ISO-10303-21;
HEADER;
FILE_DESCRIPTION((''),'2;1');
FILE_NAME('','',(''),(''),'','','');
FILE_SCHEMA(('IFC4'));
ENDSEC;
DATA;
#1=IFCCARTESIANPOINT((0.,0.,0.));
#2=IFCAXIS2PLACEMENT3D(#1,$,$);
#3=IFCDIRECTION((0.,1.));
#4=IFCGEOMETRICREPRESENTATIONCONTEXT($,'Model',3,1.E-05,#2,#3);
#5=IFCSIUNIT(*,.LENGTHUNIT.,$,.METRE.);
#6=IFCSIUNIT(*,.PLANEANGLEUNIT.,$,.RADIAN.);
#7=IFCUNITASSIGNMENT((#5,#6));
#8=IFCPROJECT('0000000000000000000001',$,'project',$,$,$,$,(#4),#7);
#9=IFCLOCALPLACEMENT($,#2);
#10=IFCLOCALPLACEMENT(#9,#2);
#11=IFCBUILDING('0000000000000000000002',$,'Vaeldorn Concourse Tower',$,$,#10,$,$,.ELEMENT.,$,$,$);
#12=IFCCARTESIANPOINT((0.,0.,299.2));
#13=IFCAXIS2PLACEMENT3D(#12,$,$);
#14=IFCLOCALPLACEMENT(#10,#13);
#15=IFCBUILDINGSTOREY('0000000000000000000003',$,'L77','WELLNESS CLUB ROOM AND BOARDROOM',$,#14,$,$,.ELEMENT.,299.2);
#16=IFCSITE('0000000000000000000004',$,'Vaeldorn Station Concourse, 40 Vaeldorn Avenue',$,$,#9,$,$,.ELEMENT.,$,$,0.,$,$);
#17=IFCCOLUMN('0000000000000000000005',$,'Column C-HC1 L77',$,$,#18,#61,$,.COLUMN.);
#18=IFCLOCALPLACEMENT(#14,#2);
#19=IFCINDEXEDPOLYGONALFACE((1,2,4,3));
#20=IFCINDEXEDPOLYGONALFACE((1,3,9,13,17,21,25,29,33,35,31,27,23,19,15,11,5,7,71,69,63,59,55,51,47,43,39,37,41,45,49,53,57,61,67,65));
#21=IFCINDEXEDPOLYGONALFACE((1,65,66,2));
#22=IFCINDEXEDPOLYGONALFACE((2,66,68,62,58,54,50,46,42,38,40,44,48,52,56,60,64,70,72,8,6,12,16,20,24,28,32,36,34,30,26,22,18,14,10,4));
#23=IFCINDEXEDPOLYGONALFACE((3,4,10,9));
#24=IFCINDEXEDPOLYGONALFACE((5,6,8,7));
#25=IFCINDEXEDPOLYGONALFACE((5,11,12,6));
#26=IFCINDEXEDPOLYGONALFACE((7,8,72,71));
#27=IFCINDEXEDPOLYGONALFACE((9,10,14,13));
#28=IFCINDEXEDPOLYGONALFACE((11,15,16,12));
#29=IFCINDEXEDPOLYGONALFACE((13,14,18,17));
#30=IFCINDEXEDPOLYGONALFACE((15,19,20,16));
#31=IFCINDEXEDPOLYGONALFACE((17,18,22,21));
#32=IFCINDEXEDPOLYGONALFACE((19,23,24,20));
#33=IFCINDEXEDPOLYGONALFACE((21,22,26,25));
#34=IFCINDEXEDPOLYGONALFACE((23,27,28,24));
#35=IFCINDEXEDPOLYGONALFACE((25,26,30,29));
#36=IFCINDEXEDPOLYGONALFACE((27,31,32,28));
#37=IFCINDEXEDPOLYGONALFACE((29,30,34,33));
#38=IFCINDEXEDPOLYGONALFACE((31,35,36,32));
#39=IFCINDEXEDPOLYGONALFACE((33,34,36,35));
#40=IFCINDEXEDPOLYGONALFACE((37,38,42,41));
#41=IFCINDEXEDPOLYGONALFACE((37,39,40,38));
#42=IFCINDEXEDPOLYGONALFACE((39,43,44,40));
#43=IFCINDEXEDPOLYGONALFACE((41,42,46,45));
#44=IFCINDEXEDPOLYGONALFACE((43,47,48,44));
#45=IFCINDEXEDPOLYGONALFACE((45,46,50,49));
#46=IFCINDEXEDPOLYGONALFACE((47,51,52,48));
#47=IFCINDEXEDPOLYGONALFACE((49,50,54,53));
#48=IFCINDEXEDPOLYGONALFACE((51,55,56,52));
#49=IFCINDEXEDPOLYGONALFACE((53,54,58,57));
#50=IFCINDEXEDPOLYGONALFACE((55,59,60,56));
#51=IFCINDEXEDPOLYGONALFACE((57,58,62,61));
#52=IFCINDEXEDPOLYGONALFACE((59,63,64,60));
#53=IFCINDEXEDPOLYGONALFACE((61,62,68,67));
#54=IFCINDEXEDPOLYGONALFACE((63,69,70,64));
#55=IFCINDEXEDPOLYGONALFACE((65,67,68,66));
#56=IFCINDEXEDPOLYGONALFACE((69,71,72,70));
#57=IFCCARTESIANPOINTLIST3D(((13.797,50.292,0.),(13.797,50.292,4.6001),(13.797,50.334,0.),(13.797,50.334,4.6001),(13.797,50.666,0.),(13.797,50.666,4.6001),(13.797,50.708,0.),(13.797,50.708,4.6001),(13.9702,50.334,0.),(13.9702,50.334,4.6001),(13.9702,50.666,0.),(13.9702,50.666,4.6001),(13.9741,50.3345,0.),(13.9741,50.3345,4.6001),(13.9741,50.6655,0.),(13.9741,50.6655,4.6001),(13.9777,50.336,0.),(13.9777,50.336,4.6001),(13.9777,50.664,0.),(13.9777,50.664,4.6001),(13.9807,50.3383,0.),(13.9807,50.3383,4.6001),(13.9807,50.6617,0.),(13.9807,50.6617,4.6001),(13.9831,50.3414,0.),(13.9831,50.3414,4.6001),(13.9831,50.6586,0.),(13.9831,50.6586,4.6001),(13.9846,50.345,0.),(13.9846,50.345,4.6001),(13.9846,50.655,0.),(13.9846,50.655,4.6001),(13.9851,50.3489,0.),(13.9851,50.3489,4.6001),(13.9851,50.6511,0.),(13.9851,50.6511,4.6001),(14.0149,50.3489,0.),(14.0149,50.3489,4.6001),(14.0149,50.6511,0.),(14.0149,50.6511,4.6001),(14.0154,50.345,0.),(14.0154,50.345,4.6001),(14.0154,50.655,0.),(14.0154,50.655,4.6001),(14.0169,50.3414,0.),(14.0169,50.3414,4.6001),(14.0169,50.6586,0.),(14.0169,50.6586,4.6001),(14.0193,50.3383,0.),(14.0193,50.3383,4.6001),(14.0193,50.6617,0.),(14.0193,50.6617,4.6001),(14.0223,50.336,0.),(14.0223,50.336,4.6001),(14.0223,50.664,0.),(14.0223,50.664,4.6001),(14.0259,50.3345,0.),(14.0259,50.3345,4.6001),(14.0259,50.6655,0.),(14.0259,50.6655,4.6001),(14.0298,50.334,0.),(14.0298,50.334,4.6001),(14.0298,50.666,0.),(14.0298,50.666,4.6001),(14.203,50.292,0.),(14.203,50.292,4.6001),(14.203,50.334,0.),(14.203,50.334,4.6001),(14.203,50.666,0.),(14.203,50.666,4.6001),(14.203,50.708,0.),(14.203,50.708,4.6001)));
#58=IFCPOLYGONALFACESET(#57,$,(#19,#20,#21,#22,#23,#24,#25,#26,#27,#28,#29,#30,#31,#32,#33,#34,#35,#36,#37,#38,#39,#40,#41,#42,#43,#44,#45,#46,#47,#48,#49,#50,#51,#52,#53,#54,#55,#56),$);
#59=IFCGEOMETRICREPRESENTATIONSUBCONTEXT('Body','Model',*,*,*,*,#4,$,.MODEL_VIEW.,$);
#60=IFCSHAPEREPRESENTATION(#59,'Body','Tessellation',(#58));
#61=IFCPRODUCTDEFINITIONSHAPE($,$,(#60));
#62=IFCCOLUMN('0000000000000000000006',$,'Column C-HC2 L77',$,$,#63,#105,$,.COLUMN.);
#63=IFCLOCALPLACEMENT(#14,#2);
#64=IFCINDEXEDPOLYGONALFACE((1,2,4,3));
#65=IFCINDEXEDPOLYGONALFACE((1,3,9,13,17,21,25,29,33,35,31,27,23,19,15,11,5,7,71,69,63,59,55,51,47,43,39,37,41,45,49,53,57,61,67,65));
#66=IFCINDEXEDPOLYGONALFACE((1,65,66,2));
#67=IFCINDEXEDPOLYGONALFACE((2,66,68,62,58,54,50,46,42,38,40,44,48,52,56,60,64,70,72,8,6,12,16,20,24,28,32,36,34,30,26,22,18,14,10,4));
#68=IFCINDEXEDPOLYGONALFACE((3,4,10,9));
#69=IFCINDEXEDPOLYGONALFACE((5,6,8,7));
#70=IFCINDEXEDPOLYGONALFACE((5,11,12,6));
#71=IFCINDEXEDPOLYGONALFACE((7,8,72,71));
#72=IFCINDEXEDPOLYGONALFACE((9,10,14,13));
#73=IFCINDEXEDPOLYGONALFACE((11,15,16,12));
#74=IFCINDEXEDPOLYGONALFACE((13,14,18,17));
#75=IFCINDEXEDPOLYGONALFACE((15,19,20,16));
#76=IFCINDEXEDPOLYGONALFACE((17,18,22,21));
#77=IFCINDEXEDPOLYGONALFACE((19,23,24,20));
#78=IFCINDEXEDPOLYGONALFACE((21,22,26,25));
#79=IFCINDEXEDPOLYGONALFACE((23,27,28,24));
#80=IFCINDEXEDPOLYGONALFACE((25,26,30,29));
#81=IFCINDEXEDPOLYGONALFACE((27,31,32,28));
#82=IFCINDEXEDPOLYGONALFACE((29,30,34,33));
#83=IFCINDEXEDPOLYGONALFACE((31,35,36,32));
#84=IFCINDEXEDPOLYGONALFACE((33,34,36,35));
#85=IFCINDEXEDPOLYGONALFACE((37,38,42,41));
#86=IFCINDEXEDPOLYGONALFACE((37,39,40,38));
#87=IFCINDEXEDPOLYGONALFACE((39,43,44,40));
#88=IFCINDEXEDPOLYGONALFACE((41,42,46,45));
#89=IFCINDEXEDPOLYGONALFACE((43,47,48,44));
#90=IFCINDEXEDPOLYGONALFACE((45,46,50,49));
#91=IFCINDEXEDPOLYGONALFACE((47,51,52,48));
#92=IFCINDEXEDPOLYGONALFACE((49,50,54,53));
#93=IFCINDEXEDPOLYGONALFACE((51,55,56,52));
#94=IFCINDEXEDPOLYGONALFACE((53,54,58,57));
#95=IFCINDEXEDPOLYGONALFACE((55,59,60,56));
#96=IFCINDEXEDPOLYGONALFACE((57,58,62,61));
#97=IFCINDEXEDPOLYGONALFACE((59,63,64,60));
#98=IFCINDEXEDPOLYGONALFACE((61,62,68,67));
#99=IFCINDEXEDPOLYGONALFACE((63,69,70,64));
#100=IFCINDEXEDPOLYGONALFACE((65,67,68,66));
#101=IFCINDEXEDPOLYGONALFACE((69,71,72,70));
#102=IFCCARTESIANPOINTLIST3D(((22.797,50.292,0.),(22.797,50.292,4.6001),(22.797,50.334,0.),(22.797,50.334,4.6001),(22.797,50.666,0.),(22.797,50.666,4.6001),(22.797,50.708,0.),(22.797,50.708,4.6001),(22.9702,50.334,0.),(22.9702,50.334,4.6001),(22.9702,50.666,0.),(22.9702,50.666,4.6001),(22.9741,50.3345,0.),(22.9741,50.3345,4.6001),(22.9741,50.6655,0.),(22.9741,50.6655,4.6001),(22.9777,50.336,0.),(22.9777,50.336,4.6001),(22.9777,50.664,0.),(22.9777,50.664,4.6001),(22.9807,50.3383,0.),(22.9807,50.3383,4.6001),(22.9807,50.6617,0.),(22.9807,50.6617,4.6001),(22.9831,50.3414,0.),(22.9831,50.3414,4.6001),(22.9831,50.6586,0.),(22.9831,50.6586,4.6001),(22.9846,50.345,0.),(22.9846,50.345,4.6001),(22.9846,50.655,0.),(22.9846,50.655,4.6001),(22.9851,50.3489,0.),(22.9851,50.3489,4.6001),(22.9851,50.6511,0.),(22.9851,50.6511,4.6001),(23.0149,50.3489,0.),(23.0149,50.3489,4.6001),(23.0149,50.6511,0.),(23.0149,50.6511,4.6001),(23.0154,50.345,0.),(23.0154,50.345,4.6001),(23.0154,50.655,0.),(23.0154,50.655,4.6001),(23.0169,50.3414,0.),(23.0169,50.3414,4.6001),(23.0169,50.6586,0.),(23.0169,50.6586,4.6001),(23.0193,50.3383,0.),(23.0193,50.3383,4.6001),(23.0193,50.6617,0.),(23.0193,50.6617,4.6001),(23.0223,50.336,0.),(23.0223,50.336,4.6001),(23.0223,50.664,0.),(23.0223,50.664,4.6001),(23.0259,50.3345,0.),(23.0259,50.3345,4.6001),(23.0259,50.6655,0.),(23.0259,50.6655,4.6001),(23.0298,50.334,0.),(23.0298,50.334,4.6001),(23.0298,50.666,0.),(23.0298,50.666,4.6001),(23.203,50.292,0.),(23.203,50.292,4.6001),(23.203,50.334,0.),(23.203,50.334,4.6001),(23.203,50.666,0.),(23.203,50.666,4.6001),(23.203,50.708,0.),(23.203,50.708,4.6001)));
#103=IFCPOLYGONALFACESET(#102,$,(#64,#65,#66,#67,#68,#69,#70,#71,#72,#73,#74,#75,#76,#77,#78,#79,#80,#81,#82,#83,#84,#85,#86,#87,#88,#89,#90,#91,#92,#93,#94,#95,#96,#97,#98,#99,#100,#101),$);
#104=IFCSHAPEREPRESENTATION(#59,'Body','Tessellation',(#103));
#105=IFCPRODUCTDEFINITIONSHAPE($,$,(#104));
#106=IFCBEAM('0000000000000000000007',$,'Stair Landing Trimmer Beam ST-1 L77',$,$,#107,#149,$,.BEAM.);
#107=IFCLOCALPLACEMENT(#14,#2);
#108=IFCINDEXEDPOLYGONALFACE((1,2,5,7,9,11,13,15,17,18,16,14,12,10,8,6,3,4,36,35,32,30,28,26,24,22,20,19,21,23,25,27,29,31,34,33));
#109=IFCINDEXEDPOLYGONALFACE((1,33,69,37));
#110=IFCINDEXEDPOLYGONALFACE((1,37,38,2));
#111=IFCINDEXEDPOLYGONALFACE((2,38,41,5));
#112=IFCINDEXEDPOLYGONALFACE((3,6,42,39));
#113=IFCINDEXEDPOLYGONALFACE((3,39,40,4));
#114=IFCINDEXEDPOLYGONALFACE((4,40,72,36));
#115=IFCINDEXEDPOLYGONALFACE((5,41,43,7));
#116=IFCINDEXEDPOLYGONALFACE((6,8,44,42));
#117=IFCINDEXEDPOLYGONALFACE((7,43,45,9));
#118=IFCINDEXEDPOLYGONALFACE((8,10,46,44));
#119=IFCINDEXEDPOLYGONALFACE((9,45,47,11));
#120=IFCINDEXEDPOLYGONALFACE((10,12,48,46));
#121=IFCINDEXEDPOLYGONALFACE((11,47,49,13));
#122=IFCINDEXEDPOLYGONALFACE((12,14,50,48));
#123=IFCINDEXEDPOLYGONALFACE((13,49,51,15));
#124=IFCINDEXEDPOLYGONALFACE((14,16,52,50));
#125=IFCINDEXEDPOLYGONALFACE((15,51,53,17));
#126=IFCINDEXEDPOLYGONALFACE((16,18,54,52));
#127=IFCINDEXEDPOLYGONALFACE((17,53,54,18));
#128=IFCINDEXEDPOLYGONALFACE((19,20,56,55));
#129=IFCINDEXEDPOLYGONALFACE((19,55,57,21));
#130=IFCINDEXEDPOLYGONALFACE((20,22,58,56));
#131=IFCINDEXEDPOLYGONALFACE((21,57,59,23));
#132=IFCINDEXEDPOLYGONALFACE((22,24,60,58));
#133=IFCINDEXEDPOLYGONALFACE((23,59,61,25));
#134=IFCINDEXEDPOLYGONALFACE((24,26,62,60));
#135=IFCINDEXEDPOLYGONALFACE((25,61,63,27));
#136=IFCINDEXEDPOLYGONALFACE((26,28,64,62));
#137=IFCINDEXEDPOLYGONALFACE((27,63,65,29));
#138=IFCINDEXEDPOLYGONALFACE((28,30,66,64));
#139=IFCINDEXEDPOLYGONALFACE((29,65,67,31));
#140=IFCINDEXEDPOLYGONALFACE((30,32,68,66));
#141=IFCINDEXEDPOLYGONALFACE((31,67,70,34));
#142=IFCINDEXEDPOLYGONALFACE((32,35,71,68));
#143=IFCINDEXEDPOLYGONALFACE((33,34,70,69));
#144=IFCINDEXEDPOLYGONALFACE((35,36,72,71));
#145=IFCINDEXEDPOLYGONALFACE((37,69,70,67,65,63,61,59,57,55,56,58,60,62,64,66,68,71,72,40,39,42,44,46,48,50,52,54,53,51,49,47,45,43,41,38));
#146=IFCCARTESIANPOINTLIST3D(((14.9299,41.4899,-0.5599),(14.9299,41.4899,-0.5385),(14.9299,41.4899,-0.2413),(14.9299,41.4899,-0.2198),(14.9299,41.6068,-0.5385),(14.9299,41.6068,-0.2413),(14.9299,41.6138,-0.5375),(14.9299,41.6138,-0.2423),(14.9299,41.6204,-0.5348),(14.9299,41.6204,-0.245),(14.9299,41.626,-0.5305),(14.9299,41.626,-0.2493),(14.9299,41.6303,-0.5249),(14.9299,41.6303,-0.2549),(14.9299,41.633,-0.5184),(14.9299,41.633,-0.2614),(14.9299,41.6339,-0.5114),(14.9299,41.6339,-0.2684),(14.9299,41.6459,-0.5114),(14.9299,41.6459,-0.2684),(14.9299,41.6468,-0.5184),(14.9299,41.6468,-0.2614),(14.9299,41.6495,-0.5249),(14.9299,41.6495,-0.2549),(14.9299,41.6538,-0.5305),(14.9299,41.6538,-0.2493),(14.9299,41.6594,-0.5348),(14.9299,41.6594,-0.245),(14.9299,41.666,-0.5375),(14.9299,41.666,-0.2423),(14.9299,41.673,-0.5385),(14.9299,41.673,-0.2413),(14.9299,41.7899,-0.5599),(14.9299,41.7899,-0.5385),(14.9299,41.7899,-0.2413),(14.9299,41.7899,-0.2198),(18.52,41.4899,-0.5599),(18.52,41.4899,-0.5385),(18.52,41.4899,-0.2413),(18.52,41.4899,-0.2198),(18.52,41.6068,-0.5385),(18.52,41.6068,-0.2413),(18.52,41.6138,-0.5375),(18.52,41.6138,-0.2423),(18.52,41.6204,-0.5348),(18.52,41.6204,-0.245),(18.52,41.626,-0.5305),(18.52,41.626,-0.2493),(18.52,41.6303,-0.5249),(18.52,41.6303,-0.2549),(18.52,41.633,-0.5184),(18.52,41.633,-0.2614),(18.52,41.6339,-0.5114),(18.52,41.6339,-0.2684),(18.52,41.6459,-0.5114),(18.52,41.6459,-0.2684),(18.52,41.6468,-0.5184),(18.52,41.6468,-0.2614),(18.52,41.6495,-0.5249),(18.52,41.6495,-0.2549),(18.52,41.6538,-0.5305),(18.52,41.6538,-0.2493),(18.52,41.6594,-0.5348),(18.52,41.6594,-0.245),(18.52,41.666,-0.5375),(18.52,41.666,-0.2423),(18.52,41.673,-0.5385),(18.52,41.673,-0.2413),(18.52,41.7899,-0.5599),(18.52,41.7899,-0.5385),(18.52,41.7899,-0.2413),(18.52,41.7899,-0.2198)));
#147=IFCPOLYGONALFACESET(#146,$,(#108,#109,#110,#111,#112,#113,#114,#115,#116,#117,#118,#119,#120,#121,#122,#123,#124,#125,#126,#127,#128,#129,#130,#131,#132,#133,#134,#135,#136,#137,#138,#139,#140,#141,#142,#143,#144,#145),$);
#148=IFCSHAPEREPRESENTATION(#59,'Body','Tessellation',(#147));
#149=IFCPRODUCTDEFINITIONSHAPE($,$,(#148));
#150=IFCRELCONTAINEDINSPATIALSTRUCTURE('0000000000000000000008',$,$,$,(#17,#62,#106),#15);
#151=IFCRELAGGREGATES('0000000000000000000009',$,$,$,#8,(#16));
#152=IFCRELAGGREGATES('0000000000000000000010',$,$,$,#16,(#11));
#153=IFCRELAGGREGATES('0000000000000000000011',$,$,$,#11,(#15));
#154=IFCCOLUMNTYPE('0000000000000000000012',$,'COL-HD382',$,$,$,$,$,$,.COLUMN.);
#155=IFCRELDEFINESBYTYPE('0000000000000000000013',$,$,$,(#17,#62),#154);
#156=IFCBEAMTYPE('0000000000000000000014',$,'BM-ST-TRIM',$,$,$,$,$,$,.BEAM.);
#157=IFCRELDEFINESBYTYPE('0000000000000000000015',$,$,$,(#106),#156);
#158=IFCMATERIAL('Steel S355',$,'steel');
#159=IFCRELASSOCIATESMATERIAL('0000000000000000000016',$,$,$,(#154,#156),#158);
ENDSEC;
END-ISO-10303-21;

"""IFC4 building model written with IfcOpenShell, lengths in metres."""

from ifc_helpers import new_model, si_unit, direction, frame, origin, origin_2d, place, context, subcontext, project, spatial, i_section, extrude, source, transform, mapped, material, material_profile, profile_set, type_object, element, save


model = new_model("IFC4")

# Units and contexts
model_context = context("Model", 3, precision=1e-05, world=origin(), true_north=direction((0.0, 1.0)))
body_context = subcontext(model_context, "Body", "Model", "MODEL_VIEW")
ifc_project = project(units=[si_unit("LENGTHUNIT", "METRE"), si_unit("PLANEANGLEUNIT", "RADIAN")], contexts=[model_context])

# Site, building, storey
site_placement = place(None, origin())
site = spatial("IfcSite", under=ifc_project, at=site_placement, Name="Vaeldorn Station Concourse, 40 Vaeldorn Avenue", CompositionType="ELEMENT", RefElevation=0.0)
building_placement = place(site_placement, origin())
building = spatial("IfcBuilding", under=site, at=building_placement, Name="Vaeldorn Concourse Tower", CompositionType="ELEMENT")
storey_placement = place(building_placement, frame((0.0, 0.0, 299.2)))
storey = spatial("IfcBuildingStorey", under=building, at=storey_placement, Name="L77", Description="WELLNESS CLUB ROOM AND BOARDROOM", CompositionType="ELEMENT", Elevation=299.2)

# Columns
ifc_material_1 = material(Name="Steel S355", Category="steel")
ifc_material_profile_1 = material_profile(ifc_material_1, i_section(OverallWidth=0.406, OverallDepth=0.416, WebThickness=0.0298, FlangeThickness=0.042, FilletRadius=0.0149, at=origin_2d()), Name="HD 400x382")
ifc_profile_set_1 = profile_set([ifc_material_profile_1], Name="Steel S355")
column_type = type_object("IfcColumnType", Name="COL-HD382", PredefinedType="COLUMN", material=ifc_profile_set_1)
shared_shape_1 = source(origin(), body_context, "Body", "SweptSolid", [
    extrude(i_section(OverallWidth=0.406, OverallDepth=0.416, WebThickness=0.0298, FlangeThickness=0.042, FilletRadius=0.0149, at=origin_2d()), origin(), (0.0, 0.0, 1.0), 4.6001),
])
for number, where, z_axis, x_axis, name in (
    (1, (14.0, 50.5, 0.0), (0.0, 0.0, 1.0), (1.0, 0.0, 0.0), "Column C-HC1 L77"),
    (2, (23.0, 50.5, 0.0), (0.0, 0.0, 1.0), (1.0, 0.0, 0.0), "Column C-HC2 L77"),
):
    element("IfcColumn", number, at=place(storey_placement, frame(where, z_axis=z_axis, x_axis=x_axis)), inside=storey, type_object=column_type, Name=name, PredefinedType="COLUMN", context=body_context, shape_type="MappedRepresentation", body=[
        mapped(shared_shape_1, transform((0.0, 0.0, 0.0), scale=1.0)),
    ])

# Beam
ifc_material_profile_2 = material_profile(ifc_material_1, i_section(OverallWidth=0.3, OverallDepth=0.3401, WebThickness=0.012, FlangeThickness=0.0215, FilletRadius=0.0271, at=origin_2d()), Name="HEB 340")
ifc_profile_set_2 = profile_set([ifc_material_profile_2], Name="Steel S355")
beam_type_1 = type_object("IfcBeamType", Name="BM-ST-TRIM", PredefinedType="BEAM", material=ifc_profile_set_2)
shared_shape_2 = source(origin(), body_context, "Body", "SweptSolid", [
    extrude(i_section(OverallWidth=0.3, OverallDepth=0.3401, WebThickness=0.012, FlangeThickness=0.0215, FilletRadius=0.0271, at=origin_2d()), origin(), (0.0, 0.0, 1.0), 3.5901),
])
beam_1_placement = place(storey_placement, frame((14.9299, 41.6399, -0.3899), z_axis=(1.0, 0.0, 0.0), x_axis=(0.0, 1.0, 0.0)))
element("IfcBeam", 3, at=beam_1_placement, inside=storey, type_object=beam_type_1, Name="Stair Landing Trimmer Beam ST-1 L77", PredefinedType="BEAM", context=body_context, shape_type="MappedRepresentation", body=[
    mapped(shared_shape_2, transform((0.0, 0.0, 0.0), scale=1.0)),
])

save(model, "model.ifc")
